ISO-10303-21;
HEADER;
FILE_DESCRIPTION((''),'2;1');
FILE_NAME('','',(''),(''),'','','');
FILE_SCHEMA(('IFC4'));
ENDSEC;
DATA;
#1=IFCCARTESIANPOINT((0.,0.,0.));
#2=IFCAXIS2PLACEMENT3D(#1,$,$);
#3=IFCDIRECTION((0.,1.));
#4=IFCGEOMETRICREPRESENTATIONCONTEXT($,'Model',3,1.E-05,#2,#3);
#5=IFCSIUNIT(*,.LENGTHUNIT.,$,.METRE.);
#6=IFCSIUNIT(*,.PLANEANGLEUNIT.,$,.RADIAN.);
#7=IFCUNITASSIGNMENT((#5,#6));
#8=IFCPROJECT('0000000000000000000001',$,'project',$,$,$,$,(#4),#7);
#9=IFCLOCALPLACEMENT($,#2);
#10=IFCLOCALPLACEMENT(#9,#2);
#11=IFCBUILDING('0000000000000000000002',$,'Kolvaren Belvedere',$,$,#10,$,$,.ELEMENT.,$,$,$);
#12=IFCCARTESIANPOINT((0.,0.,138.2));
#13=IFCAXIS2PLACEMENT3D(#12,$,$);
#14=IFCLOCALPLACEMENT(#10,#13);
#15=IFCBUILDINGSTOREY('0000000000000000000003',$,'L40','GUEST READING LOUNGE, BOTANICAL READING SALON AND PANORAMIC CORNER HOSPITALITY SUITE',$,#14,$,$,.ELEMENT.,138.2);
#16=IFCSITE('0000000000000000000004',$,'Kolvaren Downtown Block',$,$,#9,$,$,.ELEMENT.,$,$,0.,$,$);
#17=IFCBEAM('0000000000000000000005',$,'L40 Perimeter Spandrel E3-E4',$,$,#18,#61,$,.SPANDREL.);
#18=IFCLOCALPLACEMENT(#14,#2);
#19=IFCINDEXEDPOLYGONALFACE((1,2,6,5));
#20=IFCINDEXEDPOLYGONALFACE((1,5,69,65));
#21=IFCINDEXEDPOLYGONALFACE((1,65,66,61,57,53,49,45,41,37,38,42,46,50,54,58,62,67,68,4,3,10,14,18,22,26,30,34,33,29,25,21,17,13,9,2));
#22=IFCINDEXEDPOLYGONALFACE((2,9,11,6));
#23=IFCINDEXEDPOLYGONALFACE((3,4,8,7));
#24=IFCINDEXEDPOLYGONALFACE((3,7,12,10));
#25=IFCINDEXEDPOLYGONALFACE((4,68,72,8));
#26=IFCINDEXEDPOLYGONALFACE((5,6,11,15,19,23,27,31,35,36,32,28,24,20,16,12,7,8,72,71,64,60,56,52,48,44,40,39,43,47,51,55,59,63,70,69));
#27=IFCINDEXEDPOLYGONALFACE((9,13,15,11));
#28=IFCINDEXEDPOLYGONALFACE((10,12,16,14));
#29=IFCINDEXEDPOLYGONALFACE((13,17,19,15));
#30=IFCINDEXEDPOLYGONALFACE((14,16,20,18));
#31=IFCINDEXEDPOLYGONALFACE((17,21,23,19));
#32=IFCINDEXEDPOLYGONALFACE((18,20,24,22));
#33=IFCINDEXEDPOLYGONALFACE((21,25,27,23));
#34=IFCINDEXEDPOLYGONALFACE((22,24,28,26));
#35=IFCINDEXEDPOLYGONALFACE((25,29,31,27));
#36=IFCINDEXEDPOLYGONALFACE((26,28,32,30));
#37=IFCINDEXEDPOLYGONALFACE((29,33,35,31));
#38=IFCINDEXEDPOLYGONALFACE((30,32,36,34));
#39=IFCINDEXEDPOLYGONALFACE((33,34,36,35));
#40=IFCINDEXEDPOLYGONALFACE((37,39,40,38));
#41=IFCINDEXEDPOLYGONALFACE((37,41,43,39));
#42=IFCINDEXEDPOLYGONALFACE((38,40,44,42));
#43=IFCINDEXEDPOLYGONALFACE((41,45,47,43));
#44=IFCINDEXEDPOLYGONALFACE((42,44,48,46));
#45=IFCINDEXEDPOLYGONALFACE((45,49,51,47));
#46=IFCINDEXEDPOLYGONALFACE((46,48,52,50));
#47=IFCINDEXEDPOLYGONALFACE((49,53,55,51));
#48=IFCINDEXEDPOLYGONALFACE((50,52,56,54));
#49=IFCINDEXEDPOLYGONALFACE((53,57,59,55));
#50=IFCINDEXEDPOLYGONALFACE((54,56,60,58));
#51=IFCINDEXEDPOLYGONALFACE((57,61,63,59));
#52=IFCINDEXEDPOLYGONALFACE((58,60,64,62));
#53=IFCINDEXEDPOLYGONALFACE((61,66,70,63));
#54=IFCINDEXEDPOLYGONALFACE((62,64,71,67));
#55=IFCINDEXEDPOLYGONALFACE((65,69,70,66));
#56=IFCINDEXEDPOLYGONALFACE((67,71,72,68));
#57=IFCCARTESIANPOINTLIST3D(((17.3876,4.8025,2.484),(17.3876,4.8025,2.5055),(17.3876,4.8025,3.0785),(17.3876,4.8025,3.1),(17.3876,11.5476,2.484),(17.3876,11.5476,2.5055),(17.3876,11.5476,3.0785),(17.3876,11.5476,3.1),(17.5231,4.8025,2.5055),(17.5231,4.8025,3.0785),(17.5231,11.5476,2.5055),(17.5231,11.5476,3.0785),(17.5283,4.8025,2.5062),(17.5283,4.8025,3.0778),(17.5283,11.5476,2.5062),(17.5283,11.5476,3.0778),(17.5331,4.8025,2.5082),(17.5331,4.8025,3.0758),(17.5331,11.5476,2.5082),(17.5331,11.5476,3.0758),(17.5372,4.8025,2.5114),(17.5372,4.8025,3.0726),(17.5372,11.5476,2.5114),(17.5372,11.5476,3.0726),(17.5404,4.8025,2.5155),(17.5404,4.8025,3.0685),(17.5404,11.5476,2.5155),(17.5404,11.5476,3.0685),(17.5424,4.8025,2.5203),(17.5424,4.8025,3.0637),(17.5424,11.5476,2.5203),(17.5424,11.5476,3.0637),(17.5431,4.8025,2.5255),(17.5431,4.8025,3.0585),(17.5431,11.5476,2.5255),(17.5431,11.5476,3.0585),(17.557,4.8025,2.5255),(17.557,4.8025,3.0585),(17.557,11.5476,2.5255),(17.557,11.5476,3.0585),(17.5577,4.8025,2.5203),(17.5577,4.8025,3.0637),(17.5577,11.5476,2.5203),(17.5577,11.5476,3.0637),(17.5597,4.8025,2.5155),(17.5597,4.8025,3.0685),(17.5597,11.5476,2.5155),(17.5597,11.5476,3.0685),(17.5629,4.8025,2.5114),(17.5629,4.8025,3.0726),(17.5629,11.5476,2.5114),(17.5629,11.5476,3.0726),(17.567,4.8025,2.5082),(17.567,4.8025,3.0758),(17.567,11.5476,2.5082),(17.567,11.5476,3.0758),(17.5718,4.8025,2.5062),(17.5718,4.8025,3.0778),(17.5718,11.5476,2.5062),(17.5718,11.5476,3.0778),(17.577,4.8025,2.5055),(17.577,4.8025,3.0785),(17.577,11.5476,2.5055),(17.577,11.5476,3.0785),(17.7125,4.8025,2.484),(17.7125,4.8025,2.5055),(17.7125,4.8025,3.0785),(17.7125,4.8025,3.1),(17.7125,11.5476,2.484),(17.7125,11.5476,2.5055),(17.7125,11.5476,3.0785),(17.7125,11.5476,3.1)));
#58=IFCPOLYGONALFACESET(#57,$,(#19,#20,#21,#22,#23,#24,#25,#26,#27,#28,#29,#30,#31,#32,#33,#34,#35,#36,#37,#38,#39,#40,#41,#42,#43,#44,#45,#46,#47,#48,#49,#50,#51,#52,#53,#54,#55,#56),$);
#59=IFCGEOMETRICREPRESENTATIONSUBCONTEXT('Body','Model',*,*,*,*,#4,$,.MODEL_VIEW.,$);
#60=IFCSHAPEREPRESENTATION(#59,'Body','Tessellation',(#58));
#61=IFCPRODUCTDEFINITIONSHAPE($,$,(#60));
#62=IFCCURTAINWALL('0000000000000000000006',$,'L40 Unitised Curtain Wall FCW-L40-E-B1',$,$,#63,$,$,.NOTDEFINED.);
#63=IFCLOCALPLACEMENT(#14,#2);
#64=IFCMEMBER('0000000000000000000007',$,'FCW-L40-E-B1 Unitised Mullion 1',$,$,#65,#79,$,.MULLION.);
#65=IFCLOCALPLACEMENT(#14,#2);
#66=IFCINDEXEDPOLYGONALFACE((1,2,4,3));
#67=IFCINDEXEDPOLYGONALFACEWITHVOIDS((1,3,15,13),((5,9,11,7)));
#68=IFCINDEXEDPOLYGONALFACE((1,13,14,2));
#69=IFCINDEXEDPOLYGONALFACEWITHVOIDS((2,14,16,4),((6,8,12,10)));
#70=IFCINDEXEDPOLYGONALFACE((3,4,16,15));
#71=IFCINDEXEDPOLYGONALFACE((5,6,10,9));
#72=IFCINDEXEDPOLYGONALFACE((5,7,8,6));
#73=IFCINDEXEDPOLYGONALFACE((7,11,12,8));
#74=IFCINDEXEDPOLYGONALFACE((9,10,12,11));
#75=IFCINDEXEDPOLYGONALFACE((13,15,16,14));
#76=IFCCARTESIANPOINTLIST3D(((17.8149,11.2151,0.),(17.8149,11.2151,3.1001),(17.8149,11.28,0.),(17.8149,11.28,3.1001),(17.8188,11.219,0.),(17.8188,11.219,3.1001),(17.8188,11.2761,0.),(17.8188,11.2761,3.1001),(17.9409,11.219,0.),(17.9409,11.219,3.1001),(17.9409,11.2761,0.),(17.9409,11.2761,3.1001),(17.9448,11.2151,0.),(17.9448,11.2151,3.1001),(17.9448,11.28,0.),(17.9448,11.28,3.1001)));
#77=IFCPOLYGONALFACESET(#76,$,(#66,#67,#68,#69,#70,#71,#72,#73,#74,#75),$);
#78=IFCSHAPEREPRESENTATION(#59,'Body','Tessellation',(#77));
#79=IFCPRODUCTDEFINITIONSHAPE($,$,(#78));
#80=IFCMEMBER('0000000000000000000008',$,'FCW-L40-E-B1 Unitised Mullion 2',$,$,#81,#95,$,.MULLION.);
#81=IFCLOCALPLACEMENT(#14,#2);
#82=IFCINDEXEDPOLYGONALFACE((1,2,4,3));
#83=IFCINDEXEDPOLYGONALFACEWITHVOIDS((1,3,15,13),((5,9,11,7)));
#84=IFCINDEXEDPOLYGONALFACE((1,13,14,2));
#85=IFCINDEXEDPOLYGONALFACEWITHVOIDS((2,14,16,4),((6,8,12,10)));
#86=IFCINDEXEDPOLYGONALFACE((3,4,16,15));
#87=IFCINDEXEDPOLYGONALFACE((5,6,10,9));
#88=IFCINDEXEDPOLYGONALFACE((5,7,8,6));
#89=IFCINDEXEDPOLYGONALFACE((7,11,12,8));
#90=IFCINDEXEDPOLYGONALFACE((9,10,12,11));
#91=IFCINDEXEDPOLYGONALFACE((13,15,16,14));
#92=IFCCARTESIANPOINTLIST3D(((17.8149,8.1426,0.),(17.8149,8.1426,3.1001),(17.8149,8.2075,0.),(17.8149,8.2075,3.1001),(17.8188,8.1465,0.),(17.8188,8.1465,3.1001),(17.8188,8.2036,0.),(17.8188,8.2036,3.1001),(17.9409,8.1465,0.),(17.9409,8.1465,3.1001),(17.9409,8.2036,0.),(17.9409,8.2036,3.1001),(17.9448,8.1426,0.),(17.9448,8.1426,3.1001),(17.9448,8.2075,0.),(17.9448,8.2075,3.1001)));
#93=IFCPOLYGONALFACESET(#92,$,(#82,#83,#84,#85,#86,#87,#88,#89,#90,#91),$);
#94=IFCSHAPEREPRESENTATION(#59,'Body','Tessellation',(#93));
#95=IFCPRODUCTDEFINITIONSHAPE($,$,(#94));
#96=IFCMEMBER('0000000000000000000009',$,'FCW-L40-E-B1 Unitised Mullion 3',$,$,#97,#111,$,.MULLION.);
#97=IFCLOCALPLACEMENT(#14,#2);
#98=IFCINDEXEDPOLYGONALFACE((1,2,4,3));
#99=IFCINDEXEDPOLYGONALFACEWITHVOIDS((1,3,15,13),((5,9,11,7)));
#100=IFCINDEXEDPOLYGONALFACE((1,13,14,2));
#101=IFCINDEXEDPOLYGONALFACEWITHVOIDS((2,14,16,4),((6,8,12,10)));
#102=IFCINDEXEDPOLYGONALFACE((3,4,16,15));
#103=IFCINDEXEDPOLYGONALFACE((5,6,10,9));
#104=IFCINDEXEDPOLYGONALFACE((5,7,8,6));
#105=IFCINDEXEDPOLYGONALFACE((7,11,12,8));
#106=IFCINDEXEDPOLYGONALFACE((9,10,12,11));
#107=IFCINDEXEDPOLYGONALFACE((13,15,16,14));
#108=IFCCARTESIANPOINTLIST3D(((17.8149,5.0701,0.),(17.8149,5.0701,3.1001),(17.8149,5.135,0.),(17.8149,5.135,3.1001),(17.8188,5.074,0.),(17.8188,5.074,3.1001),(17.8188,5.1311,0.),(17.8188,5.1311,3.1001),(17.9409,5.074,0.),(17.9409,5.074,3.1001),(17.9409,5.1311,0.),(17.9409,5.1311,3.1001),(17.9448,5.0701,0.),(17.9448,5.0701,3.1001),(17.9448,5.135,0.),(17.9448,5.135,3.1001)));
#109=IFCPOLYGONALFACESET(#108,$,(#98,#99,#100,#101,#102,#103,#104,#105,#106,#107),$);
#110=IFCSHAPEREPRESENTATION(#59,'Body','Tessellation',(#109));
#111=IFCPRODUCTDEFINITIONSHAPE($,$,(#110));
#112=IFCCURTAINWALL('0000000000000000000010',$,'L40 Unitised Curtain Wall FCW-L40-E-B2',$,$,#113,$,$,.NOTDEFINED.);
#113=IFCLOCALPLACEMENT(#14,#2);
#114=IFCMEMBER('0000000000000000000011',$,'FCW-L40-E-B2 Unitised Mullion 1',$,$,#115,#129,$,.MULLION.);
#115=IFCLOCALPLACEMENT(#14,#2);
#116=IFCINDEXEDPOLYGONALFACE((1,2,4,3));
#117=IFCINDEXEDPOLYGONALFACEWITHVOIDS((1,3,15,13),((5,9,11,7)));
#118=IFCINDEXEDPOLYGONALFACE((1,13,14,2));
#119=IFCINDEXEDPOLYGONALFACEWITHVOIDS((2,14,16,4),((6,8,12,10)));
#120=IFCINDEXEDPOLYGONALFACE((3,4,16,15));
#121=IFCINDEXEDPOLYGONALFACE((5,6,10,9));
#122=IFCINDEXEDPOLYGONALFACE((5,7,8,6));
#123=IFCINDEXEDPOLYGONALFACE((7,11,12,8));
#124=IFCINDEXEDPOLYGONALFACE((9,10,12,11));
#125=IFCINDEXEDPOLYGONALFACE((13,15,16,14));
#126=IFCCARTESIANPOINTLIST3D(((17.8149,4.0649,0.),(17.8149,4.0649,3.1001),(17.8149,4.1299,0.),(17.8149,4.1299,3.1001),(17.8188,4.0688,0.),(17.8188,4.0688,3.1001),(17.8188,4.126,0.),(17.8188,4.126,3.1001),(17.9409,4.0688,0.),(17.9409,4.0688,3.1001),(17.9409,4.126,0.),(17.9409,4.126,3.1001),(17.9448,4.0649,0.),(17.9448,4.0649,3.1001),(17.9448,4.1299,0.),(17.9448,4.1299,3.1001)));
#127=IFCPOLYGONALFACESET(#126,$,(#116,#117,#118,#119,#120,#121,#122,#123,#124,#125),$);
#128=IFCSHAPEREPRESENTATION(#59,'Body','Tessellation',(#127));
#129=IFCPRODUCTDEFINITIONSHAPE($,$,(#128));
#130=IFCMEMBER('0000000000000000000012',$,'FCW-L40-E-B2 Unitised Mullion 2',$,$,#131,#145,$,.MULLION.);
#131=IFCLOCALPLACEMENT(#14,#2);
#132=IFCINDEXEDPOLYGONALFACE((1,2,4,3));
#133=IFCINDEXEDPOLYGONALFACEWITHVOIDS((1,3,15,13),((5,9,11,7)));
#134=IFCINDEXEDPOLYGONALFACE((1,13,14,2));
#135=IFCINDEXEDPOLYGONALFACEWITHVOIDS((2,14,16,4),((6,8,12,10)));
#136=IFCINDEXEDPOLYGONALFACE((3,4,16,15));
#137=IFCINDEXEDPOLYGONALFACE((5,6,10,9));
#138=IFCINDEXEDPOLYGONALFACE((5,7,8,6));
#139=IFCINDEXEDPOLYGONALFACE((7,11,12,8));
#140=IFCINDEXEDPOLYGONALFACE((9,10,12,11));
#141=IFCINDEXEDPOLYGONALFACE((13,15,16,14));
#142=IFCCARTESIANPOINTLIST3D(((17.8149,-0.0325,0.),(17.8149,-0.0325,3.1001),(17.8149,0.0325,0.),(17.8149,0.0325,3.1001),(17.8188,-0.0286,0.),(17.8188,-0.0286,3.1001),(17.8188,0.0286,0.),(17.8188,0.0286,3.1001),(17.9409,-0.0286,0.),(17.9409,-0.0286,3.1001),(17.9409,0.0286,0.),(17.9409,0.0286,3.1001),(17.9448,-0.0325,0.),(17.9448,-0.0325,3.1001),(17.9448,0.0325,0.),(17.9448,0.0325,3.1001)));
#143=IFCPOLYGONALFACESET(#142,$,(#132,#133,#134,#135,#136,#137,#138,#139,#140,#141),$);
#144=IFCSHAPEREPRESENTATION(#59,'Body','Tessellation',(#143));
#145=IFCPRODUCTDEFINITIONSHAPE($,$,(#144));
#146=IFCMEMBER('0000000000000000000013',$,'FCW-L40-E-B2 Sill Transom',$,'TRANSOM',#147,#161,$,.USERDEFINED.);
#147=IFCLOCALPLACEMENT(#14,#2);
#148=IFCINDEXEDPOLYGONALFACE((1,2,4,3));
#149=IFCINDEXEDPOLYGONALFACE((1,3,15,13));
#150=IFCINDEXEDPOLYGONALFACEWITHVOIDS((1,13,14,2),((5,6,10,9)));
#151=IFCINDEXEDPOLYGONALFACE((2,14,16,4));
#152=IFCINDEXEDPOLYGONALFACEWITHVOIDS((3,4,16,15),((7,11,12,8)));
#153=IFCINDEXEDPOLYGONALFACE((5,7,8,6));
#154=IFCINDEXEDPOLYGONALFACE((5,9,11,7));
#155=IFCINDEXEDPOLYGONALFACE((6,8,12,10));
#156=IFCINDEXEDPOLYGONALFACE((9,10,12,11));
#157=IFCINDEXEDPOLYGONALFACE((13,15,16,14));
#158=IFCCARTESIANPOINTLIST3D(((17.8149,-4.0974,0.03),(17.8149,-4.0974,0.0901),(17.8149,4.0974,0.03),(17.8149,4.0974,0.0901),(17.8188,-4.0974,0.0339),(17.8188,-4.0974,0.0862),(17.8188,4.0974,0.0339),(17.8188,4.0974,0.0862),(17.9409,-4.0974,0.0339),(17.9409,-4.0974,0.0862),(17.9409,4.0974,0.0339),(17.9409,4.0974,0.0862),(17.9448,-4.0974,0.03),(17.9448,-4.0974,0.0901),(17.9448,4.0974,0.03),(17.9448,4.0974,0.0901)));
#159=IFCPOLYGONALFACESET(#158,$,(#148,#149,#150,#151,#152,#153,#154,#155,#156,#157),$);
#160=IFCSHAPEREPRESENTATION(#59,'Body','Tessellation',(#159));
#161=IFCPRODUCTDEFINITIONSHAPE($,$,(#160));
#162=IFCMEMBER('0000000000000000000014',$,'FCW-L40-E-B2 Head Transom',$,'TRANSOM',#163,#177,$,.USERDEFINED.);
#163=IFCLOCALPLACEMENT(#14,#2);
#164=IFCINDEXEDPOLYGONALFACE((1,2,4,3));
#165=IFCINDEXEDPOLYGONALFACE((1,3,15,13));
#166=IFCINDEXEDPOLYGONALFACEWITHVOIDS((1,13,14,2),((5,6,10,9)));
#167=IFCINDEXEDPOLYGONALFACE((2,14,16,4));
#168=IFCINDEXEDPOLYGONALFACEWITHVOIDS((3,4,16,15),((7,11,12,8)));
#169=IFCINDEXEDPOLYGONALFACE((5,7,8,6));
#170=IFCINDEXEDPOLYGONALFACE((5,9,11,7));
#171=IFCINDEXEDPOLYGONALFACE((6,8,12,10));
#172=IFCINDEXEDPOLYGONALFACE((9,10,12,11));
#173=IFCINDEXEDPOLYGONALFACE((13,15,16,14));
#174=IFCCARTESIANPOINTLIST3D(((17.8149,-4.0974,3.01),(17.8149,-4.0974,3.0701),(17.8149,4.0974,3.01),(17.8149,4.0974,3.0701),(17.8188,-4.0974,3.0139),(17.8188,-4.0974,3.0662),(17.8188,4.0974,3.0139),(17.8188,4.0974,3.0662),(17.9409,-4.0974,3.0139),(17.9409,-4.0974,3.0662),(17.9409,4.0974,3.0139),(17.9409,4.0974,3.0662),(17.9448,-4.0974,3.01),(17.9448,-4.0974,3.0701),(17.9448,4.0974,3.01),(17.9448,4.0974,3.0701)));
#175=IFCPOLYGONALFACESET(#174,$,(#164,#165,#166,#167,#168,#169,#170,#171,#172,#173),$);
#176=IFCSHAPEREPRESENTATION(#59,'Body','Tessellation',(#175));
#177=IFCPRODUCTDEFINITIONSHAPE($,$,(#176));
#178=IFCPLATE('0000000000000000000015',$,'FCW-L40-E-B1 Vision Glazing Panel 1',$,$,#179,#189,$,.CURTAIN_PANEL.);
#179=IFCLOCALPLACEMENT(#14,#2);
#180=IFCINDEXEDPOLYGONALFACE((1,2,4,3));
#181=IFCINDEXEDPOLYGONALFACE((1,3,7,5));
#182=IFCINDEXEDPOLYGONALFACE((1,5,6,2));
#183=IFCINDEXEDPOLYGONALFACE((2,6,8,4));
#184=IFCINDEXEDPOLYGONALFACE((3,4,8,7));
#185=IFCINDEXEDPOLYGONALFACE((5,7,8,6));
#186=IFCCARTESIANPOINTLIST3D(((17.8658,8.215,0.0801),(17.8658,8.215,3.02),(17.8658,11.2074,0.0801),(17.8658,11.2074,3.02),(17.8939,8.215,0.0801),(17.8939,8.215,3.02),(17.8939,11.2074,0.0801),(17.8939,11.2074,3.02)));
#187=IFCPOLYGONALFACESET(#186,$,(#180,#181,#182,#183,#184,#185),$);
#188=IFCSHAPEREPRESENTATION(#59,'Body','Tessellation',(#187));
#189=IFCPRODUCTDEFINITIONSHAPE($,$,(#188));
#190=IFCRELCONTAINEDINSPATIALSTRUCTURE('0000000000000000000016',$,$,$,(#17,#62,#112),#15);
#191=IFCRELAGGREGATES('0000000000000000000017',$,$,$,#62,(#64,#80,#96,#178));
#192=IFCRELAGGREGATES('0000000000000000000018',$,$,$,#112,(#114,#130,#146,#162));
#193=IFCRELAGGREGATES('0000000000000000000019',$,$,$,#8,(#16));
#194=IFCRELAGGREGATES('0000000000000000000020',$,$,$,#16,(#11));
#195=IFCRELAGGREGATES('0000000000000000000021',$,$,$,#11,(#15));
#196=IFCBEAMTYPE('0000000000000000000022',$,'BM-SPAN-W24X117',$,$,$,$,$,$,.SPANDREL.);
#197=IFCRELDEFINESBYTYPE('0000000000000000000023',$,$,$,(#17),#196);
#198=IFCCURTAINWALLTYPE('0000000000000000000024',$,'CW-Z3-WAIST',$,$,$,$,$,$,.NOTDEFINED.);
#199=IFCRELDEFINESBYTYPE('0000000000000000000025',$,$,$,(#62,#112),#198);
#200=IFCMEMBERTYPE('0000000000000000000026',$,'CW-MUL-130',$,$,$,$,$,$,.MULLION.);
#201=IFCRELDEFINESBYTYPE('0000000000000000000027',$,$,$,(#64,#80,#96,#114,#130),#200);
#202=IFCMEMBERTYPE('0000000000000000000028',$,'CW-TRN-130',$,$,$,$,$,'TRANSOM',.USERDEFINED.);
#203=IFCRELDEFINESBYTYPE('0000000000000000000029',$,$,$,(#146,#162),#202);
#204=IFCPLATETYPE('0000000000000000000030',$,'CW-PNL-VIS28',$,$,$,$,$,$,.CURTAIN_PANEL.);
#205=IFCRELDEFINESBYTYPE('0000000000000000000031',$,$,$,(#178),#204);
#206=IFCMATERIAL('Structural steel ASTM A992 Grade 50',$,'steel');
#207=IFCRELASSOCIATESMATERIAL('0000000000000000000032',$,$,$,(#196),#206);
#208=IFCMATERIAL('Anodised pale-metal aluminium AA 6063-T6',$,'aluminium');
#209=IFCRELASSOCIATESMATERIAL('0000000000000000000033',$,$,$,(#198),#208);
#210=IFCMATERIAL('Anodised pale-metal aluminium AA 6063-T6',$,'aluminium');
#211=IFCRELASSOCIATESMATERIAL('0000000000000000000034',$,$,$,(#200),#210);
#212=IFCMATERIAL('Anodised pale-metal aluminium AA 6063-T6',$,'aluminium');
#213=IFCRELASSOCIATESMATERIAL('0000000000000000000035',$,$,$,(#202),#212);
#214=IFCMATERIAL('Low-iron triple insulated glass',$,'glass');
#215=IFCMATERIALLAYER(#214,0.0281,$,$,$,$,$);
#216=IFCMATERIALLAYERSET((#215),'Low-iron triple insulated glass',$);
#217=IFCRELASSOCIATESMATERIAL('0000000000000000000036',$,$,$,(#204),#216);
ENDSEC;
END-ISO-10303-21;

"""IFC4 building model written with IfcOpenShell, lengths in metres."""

from ifc_helpers import new_model, si_unit, direction, frame, origin, origin_2d, place, context, subcontext, project, spatial, rectangle, hollow_rectangle, i_section, extrude, material, layer, layer_set, material_profile, profile_set, type_object, element, aggregate, save


model = new_model("IFC4")

# Units and contexts
model_context = context("Model", 3, precision=1e-05, world=origin(), true_north=direction((0.0, 1.0)))
body_context = subcontext(model_context, "Body", "Model", "MODEL_VIEW")
ifc_project = project(units=[si_unit("LENGTHUNIT", "METRE"), si_unit("PLANEANGLEUNIT", "RADIAN")], contexts=[model_context])

# Site, building, storey
site_placement = place(None, origin())
site = spatial("IfcSite", under=ifc_project, at=site_placement, Name="Kolvaren Downtown Block", CompositionType="ELEMENT", RefElevation=0.0)
building_placement = place(site_placement, origin())
building = spatial("IfcBuilding", under=site, at=building_placement, Name="Kolvaren Belvedere", CompositionType="ELEMENT")
storey_placement = place(building_placement, frame((0.0, 0.0, 138.2)))
storey = spatial("IfcBuildingStorey", under=building, at=storey_placement, Name="L40", Description="GUEST READING LOUNGE, BOTANICAL READING SALON AND PANORAMIC CORNER HOSPITALITY SUITE", CompositionType="ELEMENT", Elevation=138.2)

# Beam
ifc_material_1 = material(Name="Structural steel ASTM A992 Grade 50", Category="steel")
ifc_material_profile_1 = material_profile(ifc_material_1, i_section(OverallWidth=0.325, OverallDepth=0.616, WebThickness=0.0139, FlangeThickness=0.0215, FilletRadius=0.02, at=origin_2d()), Name="W24X117")
ifc_profile_set_1 = profile_set([ifc_material_profile_1], Name="Structural steel ASTM A992 Grade 50")
beam_type_1 = type_object("IfcBeamType", Name="BM-SPAN-W24X117", PredefinedType="SPANDREL", material=ifc_profile_set_1)
beam_1_placement = place(storey_placement, frame((17.55, 4.8025, 2.792), z_axis=(0.0, 1.0, 0.0), x_axis=(-1.0, 0.0, 0.0)))
element("IfcBeam", 1, at=beam_1_placement, inside=storey, type_object=beam_type_1, Name="L40 Perimeter Spandrel E3-E4", PredefinedType="SPANDREL", context=body_context, shape_type="SweptSolid", body=[
    extrude(i_section(OverallWidth=0.325, OverallDepth=0.616, WebThickness=0.0139, FlangeThickness=0.0215, FilletRadius=0.02, at=origin_2d()), origin(), (0.0, 0.0, 1.0), 6.7451),
])

# Curtain walls, members
ifc_material_2 = material(Name="Anodised pale-metal aluminium AA 6063-T6", Category="aluminium")
curtain_wall_type = type_object("IfcCurtainWallType", Name="CW-Z3-WAIST", PredefinedType="NOTDEFINED", material=ifc_material_2)
curtain_wall_1_placement = place(storey_placement, origin())
curtain_wall_1 = element("IfcCurtainWall", 2, at=curtain_wall_1_placement, inside=storey, type_object=curtain_wall_type, Name="L40 Unitised Curtain Wall FCW-L40-E-B1", PredefinedType="NOTDEFINED")
ifc_material_3 = material(Name="Anodised pale-metal aluminium AA 6063-T6", Category="aluminium")
ifc_material_profile_2 = material_profile(ifc_material_3, hollow_rectangle(XDim=0.0649, YDim=0.1299, WallThickness=0.0039, at=origin_2d()), Name="ALU-MUL-130X65")
ifc_profile_set_2 = profile_set([ifc_material_profile_2], Name="Anodised pale-metal aluminium AA 6063-T6")
member_type_1 = type_object("IfcMemberType", Name="CW-MUL-130", PredefinedType="MULLION", material=ifc_profile_set_2)
member_1_placement = place(storey_placement, frame((17.8799, 11.2476, 0.0), z_axis=(0.0, 0.0, 1.0), x_axis=(0.0, 1.0, 0.0)))
member_1 = element("IfcMember", 3, at=member_1_placement, type_object=member_type_1, Name="FCW-L40-E-B1 Unitised Mullion 1", PredefinedType="MULLION", context=body_context, shape_type="SweptSolid", body=[
    extrude(hollow_rectangle(XDim=0.0649, YDim=0.1299, WallThickness=0.0039, at=origin_2d()), origin(), (0.0, 0.0, 1.0), 3.1001),
])
member_2_placement = place(storey_placement, frame((17.8799, 8.175, 0.0), z_axis=(0.0, 0.0, 1.0), x_axis=(0.0, 1.0, 0.0)))
member_2 = element("IfcMember", 4, at=member_2_placement, type_object=member_type_1, Name="FCW-L40-E-B1 Unitised Mullion 2", PredefinedType="MULLION", context=body_context, shape_type="SweptSolid", body=[
    extrude(hollow_rectangle(XDim=0.0649, YDim=0.1299, WallThickness=0.0039, at=origin_2d()), origin(), (0.0, 0.0, 1.0), 3.1001),
])
member_3_placement = place(storey_placement, frame((17.8799, 5.1025, 0.0), z_axis=(0.0, 0.0, 1.0), x_axis=(0.0, 1.0, 0.0)))
member_3 = element("IfcMember", 5, at=member_3_placement, type_object=member_type_1, Name="FCW-L40-E-B1 Unitised Mullion 3", PredefinedType="MULLION", context=body_context, shape_type="SweptSolid", body=[
    extrude(hollow_rectangle(XDim=0.0649, YDim=0.1299, WallThickness=0.0039, at=origin_2d()), origin(), (0.0, 0.0, 1.0), 3.1001),
])
curtain_wall_2_placement = place(storey_placement, origin())
curtain_wall_2 = element("IfcCurtainWall", 6, at=curtain_wall_2_placement, inside=storey, type_object=curtain_wall_type, Name="L40 Unitised Curtain Wall FCW-L40-E-B2", PredefinedType="NOTDEFINED")
member_4_placement = place(storey_placement, frame((17.8799, 4.0974, 0.0), z_axis=(0.0, 0.0, 1.0), x_axis=(0.0, 1.0, 0.0)))
member_4 = element("IfcMember", 7, at=member_4_placement, type_object=member_type_1, Name="FCW-L40-E-B2 Unitised Mullion 1", PredefinedType="MULLION", context=body_context, shape_type="SweptSolid", body=[
    extrude(hollow_rectangle(XDim=0.0649, YDim=0.1299, WallThickness=0.0039, at=origin_2d()), origin(), (0.0, 0.0, 1.0), 3.1001),
])
member_5_placement = place(storey_placement, frame((17.8799, 0.0, 0.0), z_axis=(0.0, 0.0, 1.0), x_axis=(0.0, 1.0, 0.0)))
member_5 = element("IfcMember", 8, at=member_5_placement, type_object=member_type_1, Name="FCW-L40-E-B2 Unitised Mullion 2", PredefinedType="MULLION", context=body_context, shape_type="SweptSolid", body=[
    extrude(hollow_rectangle(XDim=0.0649, YDim=0.1299, WallThickness=0.0039, at=origin_2d()), origin(), (0.0, 0.0, 1.0), 3.1001),
])
ifc_material_4 = material(Name="Anodised pale-metal aluminium AA 6063-T6", Category="aluminium")
ifc_material_profile_3 = material_profile(ifc_material_4, hollow_rectangle(XDim=0.0601, YDim=0.1299, WallThickness=0.0039, at=origin_2d()), Name="ALU-TRN-130X60")
ifc_profile_set_3 = profile_set([ifc_material_profile_3], Name="Anodised pale-metal aluminium AA 6063-T6")
member_type_2 = type_object("IfcMemberType", Name="CW-TRN-130", ElementType="TRANSOM", PredefinedType="USERDEFINED", material=ifc_profile_set_3)
member_6_placement = place(storey_placement, frame((17.8799, 4.0974, 0.0601), z_axis=(0.0, -1.0, 0.0), x_axis=(0.0, 0.0, 1.0)))
member_6 = element("IfcMember", 9, at=member_6_placement, type_object=member_type_2, Name="FCW-L40-E-B2 Sill Transom", ObjectType="TRANSOM", PredefinedType="USERDEFINED", context=body_context, shape_type="SweptSolid", body=[
    extrude(hollow_rectangle(XDim=0.0601, YDim=0.1299, WallThickness=0.0039, at=origin_2d()), origin(), (0.0, 0.0, 1.0), 8.1948),
])
member_7_placement = place(storey_placement, frame((17.8799, 4.0974, 3.04), z_axis=(0.0, -1.0, 0.0), x_axis=(0.0, 0.0, 1.0)))
member_7 = element("IfcMember", 10, at=member_7_placement, type_object=member_type_2, Name="FCW-L40-E-B2 Head Transom", ObjectType="TRANSOM", PredefinedType="USERDEFINED", context=body_context, shape_type="SweptSolid", body=[
    extrude(hollow_rectangle(XDim=0.0601, YDim=0.1299, WallThickness=0.0039, at=origin_2d()), origin(), (0.0, 0.0, 1.0), 8.1948),
])

# Plate
ifc_material_5 = material(Name="Low-iron triple insulated glass", Category="glass")
ifc_layer_1 = layer(ifc_material_5, 0.0281)
ifc_layer_set_1 = layer_set([ifc_layer_1], Name="Low-iron triple insulated glass")
plate_type_1 = type_object("IfcPlateType", Name="CW-PNL-VIS28", PredefinedType="CURTAIN_PANEL", material=ifc_layer_set_1)
plate_1_placement = place(storey_placement, frame((17.8799, 9.7112, 0.0801), z_axis=(0.0, 0.0, 1.0), x_axis=(0.0, -1.0, 0.0)))
plate_1 = element("IfcPlate", 11, at=plate_1_placement, type_object=plate_type_1, Name="FCW-L40-E-B1 Vision Glazing Panel 1", PredefinedType="CURTAIN_PANEL", context=body_context, shape_type="SweptSolid", body=[
    extrude(rectangle(XDim=2.9924, YDim=0.0281, at=origin_2d()), origin(), (0.0, 0.0, 1.0), 2.9399),
])
aggregate(curtain_wall_1, [member_1, member_2, member_3, plate_1])
aggregate(curtain_wall_2, [member_4, member_5, member_6, member_7])

save(model, "model.ifc")
